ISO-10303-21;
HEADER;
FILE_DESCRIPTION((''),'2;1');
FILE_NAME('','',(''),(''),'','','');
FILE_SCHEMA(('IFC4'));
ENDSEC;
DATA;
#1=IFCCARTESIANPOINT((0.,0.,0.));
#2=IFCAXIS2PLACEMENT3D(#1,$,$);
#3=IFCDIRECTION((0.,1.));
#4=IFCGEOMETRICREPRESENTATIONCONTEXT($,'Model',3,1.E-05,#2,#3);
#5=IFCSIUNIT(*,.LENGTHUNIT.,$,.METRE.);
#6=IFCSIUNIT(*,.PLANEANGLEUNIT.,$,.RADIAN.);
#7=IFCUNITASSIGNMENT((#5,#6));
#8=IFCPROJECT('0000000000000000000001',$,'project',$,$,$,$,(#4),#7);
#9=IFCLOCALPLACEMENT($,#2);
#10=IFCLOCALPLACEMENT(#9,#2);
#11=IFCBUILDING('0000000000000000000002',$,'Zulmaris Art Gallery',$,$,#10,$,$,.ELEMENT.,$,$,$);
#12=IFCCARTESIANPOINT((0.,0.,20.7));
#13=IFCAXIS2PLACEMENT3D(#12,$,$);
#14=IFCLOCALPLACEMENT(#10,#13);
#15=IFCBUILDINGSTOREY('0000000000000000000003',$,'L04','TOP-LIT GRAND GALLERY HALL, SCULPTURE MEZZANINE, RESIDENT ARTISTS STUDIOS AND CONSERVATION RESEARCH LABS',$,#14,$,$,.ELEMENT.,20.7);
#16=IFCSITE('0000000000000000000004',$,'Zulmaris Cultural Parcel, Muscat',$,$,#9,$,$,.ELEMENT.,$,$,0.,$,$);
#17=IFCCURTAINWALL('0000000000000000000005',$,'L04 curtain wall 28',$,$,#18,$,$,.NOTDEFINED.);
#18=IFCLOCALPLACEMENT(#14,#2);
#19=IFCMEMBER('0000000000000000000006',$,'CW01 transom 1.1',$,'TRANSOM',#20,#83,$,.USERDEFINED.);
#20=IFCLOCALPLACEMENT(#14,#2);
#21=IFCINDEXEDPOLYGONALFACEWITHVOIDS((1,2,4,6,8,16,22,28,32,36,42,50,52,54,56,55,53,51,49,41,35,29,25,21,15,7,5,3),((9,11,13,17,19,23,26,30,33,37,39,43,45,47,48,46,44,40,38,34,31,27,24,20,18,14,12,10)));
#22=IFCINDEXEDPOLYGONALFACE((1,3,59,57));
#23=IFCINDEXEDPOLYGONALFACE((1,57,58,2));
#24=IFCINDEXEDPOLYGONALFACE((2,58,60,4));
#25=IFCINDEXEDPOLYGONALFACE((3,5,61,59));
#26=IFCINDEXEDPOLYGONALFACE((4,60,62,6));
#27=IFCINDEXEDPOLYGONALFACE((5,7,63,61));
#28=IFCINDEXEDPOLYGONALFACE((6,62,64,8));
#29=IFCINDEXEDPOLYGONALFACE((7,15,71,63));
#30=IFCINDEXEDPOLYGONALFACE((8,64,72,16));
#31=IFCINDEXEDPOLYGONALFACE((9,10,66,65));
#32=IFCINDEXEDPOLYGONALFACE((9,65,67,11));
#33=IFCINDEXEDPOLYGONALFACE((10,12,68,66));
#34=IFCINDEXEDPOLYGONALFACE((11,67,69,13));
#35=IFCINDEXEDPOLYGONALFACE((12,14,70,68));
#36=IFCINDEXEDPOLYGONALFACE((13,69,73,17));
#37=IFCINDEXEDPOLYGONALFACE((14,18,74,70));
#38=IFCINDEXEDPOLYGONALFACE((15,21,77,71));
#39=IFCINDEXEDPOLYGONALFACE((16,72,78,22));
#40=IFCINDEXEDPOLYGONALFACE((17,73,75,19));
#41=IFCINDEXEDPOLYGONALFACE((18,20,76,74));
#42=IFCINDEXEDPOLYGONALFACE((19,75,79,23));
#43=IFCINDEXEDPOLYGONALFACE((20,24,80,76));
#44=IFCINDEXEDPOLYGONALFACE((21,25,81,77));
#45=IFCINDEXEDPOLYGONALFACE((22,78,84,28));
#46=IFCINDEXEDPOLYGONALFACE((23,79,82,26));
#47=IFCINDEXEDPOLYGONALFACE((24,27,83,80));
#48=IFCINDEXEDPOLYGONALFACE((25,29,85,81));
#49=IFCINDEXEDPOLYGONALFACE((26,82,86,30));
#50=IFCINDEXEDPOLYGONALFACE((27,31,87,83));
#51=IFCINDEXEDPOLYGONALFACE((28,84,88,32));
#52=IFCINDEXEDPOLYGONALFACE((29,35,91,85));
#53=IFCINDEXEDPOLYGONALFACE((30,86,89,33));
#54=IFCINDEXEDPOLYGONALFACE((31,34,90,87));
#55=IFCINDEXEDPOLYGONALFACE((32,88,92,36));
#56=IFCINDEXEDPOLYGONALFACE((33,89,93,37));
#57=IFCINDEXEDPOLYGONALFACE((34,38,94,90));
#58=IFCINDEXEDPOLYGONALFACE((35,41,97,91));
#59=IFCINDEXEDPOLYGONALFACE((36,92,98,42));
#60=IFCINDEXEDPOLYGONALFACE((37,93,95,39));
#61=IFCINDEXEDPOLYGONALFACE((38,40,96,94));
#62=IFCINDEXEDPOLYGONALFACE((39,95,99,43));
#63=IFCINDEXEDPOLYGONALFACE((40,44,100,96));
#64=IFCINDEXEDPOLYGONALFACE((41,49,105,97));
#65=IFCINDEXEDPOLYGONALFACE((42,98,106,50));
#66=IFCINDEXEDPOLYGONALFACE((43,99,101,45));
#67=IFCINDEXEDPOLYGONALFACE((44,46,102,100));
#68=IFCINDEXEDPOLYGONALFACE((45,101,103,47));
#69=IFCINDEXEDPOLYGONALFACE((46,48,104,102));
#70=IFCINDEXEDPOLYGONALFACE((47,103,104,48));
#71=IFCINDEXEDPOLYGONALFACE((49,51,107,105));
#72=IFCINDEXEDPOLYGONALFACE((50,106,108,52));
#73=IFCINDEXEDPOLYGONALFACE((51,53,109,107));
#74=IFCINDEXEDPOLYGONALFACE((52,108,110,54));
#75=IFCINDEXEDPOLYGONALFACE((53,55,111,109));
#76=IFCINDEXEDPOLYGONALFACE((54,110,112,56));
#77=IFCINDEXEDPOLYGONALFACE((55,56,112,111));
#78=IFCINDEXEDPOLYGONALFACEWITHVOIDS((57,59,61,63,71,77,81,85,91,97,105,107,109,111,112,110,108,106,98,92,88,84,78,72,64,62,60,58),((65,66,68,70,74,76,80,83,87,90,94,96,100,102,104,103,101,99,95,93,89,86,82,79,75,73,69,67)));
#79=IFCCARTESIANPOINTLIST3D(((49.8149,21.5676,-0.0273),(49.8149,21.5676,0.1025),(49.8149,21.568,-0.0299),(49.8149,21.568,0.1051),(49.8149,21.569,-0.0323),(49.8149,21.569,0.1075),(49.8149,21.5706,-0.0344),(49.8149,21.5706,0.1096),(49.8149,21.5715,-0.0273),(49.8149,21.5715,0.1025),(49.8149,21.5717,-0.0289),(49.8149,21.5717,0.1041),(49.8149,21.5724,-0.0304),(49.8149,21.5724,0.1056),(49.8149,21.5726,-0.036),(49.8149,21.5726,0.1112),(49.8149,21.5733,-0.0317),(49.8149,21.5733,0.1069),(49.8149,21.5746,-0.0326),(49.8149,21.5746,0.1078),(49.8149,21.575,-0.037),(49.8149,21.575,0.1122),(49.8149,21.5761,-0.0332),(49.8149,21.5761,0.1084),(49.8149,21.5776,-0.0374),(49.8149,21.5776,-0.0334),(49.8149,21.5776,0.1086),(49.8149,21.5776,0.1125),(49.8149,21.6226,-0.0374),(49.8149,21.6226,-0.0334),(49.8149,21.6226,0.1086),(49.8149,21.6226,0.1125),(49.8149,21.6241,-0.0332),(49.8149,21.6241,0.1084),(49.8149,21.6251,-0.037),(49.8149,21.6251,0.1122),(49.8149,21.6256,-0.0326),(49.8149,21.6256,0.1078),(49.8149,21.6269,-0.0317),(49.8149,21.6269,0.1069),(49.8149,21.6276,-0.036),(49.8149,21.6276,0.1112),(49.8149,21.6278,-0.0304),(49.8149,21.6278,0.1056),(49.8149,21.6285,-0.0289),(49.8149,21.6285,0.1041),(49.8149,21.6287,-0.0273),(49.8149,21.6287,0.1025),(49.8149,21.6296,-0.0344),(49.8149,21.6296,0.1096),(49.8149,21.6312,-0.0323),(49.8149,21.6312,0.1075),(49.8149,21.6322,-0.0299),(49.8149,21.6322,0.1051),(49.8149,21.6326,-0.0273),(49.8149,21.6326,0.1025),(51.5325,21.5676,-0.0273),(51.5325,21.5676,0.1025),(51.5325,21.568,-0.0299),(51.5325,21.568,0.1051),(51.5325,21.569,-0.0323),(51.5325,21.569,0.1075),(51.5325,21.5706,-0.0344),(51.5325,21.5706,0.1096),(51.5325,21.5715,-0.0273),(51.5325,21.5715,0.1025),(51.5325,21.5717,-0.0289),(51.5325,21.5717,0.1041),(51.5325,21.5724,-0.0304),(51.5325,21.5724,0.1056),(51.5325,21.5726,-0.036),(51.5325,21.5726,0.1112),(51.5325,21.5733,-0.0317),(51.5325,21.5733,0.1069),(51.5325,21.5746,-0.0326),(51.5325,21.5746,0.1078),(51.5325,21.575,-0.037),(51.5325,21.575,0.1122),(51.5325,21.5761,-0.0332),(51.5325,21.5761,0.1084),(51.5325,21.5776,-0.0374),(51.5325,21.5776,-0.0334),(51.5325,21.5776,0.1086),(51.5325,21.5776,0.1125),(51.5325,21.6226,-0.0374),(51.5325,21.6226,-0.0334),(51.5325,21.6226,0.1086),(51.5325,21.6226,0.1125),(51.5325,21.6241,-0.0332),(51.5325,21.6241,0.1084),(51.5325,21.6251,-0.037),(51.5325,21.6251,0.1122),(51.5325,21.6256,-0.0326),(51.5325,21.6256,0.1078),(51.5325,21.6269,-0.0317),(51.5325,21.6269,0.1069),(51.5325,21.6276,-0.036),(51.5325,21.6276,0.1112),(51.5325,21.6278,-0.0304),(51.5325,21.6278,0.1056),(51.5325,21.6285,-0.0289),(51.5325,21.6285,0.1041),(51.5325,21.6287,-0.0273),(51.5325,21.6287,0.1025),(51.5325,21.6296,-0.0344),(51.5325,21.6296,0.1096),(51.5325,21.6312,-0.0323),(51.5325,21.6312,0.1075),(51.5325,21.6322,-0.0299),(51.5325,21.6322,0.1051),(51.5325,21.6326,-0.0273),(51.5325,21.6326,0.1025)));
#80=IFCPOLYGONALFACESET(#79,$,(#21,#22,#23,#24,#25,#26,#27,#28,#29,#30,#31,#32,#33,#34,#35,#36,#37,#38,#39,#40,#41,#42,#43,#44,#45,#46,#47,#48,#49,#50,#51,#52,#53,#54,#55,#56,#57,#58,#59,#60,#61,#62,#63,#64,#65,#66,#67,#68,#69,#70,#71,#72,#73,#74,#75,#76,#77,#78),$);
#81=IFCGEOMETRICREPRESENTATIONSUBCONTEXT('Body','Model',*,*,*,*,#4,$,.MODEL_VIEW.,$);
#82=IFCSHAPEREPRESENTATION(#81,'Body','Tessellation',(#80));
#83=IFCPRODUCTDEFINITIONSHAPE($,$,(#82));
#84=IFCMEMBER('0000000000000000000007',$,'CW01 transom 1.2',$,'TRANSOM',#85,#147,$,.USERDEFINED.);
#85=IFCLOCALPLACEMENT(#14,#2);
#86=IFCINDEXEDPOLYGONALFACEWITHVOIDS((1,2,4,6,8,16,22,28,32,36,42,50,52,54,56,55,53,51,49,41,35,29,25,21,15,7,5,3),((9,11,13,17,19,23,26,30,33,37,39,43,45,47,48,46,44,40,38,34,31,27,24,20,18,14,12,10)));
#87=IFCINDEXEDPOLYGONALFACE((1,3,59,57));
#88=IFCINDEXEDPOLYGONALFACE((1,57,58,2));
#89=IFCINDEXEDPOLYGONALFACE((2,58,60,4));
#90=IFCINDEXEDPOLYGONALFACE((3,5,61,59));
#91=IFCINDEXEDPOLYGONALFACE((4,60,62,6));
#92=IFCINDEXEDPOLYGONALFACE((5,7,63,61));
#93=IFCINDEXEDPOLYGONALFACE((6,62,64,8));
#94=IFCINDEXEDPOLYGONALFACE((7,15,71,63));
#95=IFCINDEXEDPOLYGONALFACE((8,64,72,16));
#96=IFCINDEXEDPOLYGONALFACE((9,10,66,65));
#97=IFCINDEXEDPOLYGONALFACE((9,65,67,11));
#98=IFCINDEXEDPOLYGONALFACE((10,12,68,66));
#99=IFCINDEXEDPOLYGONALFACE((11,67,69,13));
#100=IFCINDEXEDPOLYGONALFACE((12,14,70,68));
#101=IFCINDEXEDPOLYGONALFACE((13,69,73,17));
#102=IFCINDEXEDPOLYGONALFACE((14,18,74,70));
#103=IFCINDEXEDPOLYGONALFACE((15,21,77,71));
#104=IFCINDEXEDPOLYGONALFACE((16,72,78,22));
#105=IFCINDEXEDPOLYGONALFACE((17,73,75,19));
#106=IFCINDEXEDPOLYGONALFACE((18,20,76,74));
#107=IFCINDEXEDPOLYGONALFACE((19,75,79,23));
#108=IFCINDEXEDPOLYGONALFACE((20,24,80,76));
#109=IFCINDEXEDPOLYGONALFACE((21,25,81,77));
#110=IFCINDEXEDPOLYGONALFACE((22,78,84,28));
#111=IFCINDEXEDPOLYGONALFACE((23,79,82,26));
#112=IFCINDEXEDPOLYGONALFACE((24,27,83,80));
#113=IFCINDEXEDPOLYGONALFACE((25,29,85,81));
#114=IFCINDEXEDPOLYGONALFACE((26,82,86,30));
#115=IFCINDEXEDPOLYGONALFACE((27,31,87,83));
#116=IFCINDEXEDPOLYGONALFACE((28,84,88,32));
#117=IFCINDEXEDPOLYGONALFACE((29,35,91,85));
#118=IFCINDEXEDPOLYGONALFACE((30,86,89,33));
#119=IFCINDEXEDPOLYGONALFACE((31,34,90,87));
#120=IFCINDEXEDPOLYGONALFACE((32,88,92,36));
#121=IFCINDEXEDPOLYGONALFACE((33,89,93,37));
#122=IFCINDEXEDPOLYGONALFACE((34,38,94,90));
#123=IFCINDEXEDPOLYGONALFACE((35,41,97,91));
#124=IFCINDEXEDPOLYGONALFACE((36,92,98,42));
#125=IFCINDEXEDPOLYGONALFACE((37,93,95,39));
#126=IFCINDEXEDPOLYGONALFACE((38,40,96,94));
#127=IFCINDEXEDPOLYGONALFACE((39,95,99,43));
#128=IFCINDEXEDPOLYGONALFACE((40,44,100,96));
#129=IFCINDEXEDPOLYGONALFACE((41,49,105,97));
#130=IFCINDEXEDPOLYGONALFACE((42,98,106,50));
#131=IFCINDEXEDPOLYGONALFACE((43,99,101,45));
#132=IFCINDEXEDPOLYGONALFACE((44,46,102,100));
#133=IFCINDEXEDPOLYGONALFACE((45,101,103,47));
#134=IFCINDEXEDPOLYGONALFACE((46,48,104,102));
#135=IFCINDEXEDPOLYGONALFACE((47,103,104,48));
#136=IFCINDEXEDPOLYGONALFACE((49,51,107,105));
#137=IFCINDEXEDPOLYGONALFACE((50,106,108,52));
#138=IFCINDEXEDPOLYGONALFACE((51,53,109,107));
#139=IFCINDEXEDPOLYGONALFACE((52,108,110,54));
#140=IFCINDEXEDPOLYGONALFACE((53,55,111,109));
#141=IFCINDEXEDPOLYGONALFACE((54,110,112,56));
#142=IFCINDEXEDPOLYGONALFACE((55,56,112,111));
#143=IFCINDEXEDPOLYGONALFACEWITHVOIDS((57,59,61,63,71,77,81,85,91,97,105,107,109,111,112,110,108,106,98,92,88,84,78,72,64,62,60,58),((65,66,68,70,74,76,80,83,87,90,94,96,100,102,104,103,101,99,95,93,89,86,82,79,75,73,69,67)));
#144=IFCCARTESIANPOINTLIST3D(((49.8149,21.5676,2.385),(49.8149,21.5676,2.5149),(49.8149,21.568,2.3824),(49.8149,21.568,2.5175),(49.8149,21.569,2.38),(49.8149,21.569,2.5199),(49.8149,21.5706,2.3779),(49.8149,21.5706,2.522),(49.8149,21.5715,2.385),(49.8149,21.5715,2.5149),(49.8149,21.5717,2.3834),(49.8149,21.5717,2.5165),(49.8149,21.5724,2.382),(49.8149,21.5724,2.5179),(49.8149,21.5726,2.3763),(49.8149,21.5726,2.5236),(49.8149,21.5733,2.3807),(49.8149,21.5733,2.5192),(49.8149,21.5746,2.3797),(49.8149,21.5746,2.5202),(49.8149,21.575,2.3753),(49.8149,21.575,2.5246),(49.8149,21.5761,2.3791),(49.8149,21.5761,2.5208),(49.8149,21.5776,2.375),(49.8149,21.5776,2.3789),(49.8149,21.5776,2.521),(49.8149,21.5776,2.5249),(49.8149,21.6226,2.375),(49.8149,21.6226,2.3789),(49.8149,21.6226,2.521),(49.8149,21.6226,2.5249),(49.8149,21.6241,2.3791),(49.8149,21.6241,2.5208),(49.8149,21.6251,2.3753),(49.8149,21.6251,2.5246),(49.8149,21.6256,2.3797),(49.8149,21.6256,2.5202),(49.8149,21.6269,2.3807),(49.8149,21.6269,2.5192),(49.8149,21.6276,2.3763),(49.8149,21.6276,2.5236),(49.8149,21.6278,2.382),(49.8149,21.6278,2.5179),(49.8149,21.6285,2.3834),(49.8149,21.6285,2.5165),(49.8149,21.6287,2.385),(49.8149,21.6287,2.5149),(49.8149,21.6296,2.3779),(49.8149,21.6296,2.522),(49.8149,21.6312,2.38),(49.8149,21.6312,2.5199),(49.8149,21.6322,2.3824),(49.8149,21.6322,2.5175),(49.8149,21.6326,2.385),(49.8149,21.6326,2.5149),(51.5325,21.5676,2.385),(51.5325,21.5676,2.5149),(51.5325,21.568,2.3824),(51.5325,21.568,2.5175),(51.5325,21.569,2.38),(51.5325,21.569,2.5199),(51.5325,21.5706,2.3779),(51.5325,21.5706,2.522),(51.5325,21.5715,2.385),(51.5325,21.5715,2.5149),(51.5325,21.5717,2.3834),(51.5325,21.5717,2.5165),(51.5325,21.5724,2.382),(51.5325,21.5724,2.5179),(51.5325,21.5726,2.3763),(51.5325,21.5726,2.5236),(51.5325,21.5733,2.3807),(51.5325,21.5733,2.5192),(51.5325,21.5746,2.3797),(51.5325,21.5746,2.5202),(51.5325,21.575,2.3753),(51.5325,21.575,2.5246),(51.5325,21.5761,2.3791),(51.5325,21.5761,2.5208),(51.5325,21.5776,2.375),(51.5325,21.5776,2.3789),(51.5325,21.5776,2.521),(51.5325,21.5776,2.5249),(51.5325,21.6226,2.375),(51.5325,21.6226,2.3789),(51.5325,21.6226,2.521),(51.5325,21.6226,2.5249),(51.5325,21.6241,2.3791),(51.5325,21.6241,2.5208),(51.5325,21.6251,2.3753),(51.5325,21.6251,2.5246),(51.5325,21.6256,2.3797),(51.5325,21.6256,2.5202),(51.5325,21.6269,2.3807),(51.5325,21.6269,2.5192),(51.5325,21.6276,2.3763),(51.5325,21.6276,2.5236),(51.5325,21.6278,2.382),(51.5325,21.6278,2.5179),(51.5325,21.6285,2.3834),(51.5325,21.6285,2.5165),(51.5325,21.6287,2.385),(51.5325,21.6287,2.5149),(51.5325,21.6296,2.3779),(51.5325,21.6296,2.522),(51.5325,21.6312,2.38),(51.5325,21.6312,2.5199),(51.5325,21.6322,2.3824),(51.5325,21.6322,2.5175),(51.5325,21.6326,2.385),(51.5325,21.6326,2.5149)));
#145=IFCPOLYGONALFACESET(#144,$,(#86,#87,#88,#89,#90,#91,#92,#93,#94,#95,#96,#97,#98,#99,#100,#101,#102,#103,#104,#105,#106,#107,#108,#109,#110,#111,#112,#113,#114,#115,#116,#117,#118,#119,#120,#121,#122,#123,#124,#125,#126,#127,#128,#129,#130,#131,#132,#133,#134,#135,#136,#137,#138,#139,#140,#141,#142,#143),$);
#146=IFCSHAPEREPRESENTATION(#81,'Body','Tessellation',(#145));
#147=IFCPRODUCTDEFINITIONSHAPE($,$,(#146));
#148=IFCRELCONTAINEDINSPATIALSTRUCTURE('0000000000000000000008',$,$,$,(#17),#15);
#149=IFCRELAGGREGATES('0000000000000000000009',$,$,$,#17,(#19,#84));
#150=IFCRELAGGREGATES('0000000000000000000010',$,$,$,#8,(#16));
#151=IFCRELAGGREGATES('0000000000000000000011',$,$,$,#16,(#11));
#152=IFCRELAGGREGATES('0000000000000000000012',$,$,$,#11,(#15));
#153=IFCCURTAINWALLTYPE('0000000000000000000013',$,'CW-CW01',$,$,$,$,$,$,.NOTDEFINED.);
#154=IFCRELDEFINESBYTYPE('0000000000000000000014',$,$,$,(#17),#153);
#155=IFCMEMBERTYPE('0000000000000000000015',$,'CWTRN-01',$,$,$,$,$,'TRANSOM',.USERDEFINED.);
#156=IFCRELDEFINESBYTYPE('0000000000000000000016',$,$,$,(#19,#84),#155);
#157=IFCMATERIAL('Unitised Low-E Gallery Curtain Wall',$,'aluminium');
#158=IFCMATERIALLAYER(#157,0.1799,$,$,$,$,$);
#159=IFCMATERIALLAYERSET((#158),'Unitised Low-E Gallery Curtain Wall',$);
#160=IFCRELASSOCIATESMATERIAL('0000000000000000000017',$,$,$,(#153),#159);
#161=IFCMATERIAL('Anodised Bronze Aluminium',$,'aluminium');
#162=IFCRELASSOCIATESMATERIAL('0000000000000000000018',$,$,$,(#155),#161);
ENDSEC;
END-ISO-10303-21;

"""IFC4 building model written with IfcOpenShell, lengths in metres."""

from ifc_helpers import new_model, si_unit, direction, frame, origin, origin_2d, place, context, subcontext, project, spatial, hollow_rectangle, extrude, material, layer, layer_set, material_profile, profile_set, type_object, element, aggregate, save


model = new_model("IFC4")

# Units and contexts
model_context = context("Model", 3, precision=1e-05, world=origin(), true_north=direction((0.0, 1.0)))
body_context = subcontext(model_context, "Body", "Model", "MODEL_VIEW")
ifc_project = project(units=[si_unit("LENGTHUNIT", "METRE"), si_unit("PLANEANGLEUNIT", "RADIAN")], contexts=[model_context])

# Site, building, storey
site_placement = place(None, origin())
site = spatial("IfcSite", under=ifc_project, at=site_placement, Name="Zulmaris Cultural Parcel, Muscat", CompositionType="ELEMENT", RefElevation=0.0)
building_placement = place(site_placement, origin())
building = spatial("IfcBuilding", under=site, at=building_placement, Name="Zulmaris Art Gallery", CompositionType="ELEMENT")
storey_placement = place(building_placement, frame((0.0, 0.0, 20.7)))
storey = spatial("IfcBuildingStorey", under=building, at=storey_placement, Name="L04", Description="TOP-LIT GRAND GALLERY HALL, SCULPTURE MEZZANINE, RESIDENT ARTISTS STUDIOS AND CONSERVATION RESEARCH LABS", CompositionType="ELEMENT", Elevation=20.7)

# Shared definitions
ifc_material_1 = material(Name="Unitised Low-E Gallery Curtain Wall", Category="aluminium")
ifc_layer_1 = layer(ifc_material_1, 0.1799)
ifc_layer_set_1 = layer_set([ifc_layer_1], Name="Unitised Low-E Gallery Curtain Wall")
curtain_wall_type_1 = type_object("IfcCurtainWallType", Name="CW-CW01", PredefinedType="NOTDEFINED", material=ifc_layer_set_1)
ifc_material_2 = material(Name="Anodised Bronze Aluminium", Category="aluminium")

# Curtain wall
curtain_wall_1_placement = place(storey_placement, origin())
curtain_wall_1 = element("IfcCurtainWall", 1, at=curtain_wall_1_placement, inside=storey, type_object=curtain_wall_type_1, Name="L04 curtain wall 28", PredefinedType="NOTDEFINED")

# Members
ifc_material_profile_1 = material_profile(ifc_material_2, hollow_rectangle(XDim=0.0649, YDim=0.1499, WallThickness=0.0039, InnerFilletRadius=0.0061, OuterFilletRadius=0.01, at=origin_2d()), Name="ALU 65x150x4")
ifc_profile_set_1 = profile_set([ifc_material_profile_1], Name="Anodised Bronze Aluminium")
member_type_1 = type_object("IfcMemberType", Name="CWTRN-01", ElementType="TRANSOM", PredefinedType="USERDEFINED", material=ifc_profile_set_1)
member_1_placement = place(storey_placement, frame((49.8149, 21.6001, 0.0376), z_axis=(1.0, 0.0, 0.0), x_axis=(0.0, 1.0, 0.0)))
member_1 = element("IfcMember", 2, at=member_1_placement, type_object=member_type_1, Name="CW01 transom 1.1", ObjectType="TRANSOM", PredefinedType="USERDEFINED", context=body_context, shape_type="SweptSolid", body=[
    extrude(hollow_rectangle(XDim=0.0649, YDim=0.1499, WallThickness=0.0039, InnerFilletRadius=0.0061, OuterFilletRadius=0.01, at=origin_2d()), origin(), (0.0, 0.0, 1.0), 1.7175),
])
member_2_placement = place(storey_placement, frame((49.8149, 21.6001, 2.45), z_axis=(1.0, 0.0, 0.0), x_axis=(0.0, 1.0, 0.0)))
member_2 = element("IfcMember", 3, at=member_2_placement, type_object=member_type_1, Name="CW01 transom 1.2", ObjectType="TRANSOM", PredefinedType="USERDEFINED", context=body_context, shape_type="SweptSolid", body=[
    extrude(hollow_rectangle(XDim=0.0649, YDim=0.1499, WallThickness=0.0039, InnerFilletRadius=0.0061, OuterFilletRadius=0.01, at=origin_2d()), origin(), (0.0, 0.0, 1.0), 1.7175),
])

aggregate(curtain_wall_1, [member_1, member_2])

save(model, "model.ifc")
